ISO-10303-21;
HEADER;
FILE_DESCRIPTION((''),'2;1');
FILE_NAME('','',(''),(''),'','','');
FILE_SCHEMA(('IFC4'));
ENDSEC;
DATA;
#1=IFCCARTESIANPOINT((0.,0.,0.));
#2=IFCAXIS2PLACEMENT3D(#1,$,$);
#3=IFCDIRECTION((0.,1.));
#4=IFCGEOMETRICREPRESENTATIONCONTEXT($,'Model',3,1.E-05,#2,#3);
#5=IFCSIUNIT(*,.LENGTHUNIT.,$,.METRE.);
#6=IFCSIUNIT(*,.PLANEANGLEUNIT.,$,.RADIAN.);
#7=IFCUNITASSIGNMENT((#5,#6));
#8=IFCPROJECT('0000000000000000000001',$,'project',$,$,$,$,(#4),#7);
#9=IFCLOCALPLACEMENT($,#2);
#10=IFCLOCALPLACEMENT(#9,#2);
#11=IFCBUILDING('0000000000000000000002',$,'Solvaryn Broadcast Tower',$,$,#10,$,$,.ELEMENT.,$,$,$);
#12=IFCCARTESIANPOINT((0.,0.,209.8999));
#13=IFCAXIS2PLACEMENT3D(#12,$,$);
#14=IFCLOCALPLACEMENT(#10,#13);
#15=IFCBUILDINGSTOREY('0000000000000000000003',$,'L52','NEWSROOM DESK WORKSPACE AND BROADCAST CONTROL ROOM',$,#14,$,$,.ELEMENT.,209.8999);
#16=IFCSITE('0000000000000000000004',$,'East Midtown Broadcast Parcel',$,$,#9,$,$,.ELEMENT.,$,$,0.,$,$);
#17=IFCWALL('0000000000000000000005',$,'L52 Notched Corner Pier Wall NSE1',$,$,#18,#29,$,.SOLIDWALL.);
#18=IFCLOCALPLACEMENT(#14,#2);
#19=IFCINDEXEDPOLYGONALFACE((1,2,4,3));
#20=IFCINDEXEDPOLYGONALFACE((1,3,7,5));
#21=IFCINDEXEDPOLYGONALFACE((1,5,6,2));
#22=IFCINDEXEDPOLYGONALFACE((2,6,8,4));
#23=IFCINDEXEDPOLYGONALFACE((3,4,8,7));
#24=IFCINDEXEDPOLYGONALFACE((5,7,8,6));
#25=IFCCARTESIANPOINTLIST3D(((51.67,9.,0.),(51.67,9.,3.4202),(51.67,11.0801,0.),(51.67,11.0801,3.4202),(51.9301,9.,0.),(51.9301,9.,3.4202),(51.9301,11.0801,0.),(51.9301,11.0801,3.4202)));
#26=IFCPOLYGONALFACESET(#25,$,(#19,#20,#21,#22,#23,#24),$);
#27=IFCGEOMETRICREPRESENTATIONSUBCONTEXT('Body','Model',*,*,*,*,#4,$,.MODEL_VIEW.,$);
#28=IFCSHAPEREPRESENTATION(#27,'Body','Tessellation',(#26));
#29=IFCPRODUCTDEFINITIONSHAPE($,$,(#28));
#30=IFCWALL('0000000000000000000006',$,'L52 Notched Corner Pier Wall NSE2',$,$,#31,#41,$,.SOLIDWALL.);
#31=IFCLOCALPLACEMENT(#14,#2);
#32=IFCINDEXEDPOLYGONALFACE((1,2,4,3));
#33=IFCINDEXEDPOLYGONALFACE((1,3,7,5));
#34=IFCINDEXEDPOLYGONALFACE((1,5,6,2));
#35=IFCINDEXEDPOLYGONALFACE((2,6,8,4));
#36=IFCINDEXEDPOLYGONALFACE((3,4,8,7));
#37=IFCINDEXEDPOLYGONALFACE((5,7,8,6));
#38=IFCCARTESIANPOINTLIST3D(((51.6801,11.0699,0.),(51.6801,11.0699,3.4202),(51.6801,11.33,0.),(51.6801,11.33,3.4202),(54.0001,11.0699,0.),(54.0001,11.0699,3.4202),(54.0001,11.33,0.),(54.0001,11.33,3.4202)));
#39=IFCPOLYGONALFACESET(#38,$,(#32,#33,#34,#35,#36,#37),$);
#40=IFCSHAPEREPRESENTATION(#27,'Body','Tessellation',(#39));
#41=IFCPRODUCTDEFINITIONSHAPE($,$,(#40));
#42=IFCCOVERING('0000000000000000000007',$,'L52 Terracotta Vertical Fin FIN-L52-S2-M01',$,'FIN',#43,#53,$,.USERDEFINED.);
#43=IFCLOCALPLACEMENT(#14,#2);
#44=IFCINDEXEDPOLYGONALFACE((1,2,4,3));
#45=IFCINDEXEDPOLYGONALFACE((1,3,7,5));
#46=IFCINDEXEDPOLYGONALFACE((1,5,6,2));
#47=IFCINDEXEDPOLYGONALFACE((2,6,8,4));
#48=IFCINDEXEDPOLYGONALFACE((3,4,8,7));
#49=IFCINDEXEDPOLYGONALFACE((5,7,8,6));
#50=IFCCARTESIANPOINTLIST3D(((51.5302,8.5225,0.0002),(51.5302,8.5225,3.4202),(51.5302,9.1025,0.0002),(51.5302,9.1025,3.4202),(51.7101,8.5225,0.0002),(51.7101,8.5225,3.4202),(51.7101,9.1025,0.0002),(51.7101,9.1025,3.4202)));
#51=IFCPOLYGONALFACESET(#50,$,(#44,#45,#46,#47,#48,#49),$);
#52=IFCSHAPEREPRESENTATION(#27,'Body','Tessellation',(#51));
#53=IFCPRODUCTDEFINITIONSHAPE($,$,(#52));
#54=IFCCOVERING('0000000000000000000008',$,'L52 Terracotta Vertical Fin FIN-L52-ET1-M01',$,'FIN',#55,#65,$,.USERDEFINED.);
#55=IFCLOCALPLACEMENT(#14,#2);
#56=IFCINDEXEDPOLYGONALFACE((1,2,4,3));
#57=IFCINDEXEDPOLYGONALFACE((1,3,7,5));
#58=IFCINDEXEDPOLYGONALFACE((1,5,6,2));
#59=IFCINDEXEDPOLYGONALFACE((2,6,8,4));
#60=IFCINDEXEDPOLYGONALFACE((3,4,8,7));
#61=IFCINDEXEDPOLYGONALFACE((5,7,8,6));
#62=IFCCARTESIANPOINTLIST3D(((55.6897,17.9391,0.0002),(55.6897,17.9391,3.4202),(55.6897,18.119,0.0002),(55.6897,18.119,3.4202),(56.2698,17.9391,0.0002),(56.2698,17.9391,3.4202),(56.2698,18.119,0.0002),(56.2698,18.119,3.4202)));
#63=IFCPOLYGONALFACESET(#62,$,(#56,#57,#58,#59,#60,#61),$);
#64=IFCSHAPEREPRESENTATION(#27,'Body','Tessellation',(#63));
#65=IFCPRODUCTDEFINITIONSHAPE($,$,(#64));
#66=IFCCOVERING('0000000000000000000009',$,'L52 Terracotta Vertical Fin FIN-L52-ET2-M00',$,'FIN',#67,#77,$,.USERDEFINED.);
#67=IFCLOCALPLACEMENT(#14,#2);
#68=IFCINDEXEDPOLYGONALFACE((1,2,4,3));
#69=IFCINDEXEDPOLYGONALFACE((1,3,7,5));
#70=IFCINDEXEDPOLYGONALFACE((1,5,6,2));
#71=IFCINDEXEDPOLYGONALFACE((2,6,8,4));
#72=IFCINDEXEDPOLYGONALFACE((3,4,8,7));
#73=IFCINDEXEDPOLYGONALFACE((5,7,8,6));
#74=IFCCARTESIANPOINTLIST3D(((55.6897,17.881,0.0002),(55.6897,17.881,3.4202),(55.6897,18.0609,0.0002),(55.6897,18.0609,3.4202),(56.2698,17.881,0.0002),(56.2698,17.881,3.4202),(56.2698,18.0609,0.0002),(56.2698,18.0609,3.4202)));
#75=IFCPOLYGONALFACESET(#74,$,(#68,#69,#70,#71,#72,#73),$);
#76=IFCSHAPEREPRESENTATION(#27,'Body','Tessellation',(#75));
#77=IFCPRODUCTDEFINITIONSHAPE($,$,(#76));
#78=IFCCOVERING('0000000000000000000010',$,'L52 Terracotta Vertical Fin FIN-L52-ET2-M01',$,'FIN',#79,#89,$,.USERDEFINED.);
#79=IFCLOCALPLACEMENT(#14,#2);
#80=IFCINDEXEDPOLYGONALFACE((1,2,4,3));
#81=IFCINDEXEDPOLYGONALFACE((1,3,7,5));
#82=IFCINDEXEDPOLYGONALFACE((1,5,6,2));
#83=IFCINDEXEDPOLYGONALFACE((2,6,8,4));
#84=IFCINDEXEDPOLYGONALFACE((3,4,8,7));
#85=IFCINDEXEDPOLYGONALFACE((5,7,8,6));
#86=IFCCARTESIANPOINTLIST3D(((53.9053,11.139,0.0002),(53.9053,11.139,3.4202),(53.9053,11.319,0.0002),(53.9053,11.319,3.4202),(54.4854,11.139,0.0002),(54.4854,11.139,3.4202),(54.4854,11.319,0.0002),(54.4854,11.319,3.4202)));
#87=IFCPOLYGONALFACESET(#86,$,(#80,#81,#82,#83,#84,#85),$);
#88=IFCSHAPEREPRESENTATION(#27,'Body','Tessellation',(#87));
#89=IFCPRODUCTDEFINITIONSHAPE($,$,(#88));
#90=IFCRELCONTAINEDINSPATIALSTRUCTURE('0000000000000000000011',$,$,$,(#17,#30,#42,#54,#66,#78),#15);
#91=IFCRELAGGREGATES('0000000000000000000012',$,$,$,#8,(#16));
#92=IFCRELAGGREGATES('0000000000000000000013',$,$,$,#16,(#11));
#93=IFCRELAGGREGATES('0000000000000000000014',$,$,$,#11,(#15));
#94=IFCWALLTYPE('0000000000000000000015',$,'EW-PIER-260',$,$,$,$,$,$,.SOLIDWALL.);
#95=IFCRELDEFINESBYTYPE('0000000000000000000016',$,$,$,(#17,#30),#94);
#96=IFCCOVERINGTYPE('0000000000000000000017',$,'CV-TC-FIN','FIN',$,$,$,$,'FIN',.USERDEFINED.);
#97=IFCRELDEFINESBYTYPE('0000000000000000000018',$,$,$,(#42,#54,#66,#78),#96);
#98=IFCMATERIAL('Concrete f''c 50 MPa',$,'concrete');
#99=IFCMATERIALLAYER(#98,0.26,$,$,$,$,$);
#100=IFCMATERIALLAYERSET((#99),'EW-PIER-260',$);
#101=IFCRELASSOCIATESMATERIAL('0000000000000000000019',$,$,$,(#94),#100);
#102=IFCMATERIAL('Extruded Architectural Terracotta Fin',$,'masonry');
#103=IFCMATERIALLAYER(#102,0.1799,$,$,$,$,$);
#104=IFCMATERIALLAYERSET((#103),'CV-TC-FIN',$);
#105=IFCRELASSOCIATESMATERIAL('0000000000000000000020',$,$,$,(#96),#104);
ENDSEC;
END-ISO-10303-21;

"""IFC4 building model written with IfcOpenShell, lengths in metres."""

from ifc_helpers import new_model, si_unit, direction, frame, frame_2d, origin, origin_2d, place, context, subcontext, project, spatial, rectangle, extrude, material, layer, layer_set, type_object, element, save


model = new_model("IFC4")

# Units and contexts
model_context = context("Model", 3, precision=1e-05, world=origin(), true_north=direction((0.0, 1.0)))
body_context = subcontext(model_context, "Body", "Model", "MODEL_VIEW")
ifc_project = project(units=[si_unit("LENGTHUNIT", "METRE"), si_unit("PLANEANGLEUNIT", "RADIAN")], contexts=[model_context])

# Site, building, storey
site_placement = place(None, origin())
site = spatial("IfcSite", under=ifc_project, at=site_placement, Name="East Midtown Broadcast Parcel", CompositionType="ELEMENT", RefElevation=0.0)
building_placement = place(site_placement, origin())
building = spatial("IfcBuilding", under=site, at=building_placement, Name="Solvaryn Broadcast Tower", CompositionType="ELEMENT")
storey_placement = place(building_placement, frame((0.0, 0.0, 209.8999)))
storey = spatial("IfcBuildingStorey", under=building, at=storey_placement, Name="L52", Description="NEWSROOM DESK WORKSPACE AND BROADCAST CONTROL ROOM", CompositionType="ELEMENT", Elevation=209.8999)

# Walls
ifc_material_1 = material(Name="Concrete f'c 50 MPa", Category="concrete")
ifc_layer_1 = layer(ifc_material_1, 0.26)
ifc_layer_set_1 = layer_set([ifc_layer_1], Name="EW-PIER-260")
wall_type = type_object("IfcWallType", Name="EW-PIER-260", PredefinedType="SOLIDWALL", material=ifc_layer_set_1)
wall_1_placement = place(storey_placement, frame((51.8, 9.0, 0.0), z_axis=(0.0, 0.0, 1.0), x_axis=(0.0, 1.0, 0.0)))
element("IfcWall", 1, at=wall_1_placement, inside=storey, type_object=wall_type, Name="L52 Notched Corner Pier Wall NSE1", PredefinedType="SOLIDWALL", context=body_context, shape_type="SweptSolid", body=[
    extrude(rectangle(XDim=2.0801, YDim=0.26, at=frame_2d((1.04, 0.0))), origin(), (0.0, 0.0, 1.0), 3.4202),
])
wall_2_placement = place(storey_placement, frame((51.6799, 11.2, 0.0), z_axis=(0.0, 0.0, 1.0), x_axis=(1.0, 0.0, 0.0)))
element("IfcWall", 2, at=wall_2_placement, inside=storey, type_object=wall_type, Name="L52 Notched Corner Pier Wall NSE2", PredefinedType="SOLIDWALL", context=body_context, shape_type="SweptSolid", body=[
    extrude(rectangle(XDim=2.3201, YDim=0.26, at=frame_2d((1.1602, 0.0))), origin(), (0.0, 0.0, 1.0), 3.4202),
])

# Coverings
ifc_material_2 = material(Name="Extruded Architectural Terracotta Fin", Category="masonry")
ifc_layer_2 = layer(ifc_material_2, 0.1799)
ifc_layer_set_2 = layer_set([ifc_layer_2], Name="CV-TC-FIN")
covering_type = type_object("IfcCoveringType", Name="CV-TC-FIN", Description="FIN", ElementType="FIN", PredefinedType="USERDEFINED", material=ifc_layer_set_2)
covering_placement = place(storey_placement, frame((51.6201, 8.8125, 0.0002), z_axis=(0.0, 0.0, 1.0), x_axis=(1.0, 0.0, 0.0)))
element("IfcCovering", 3, at=covering_placement, inside=storey, type_object=covering_type, Name="L52 Terracotta Vertical Fin FIN-L52-S2-M01", ObjectType="FIN", PredefinedType="USERDEFINED", context=body_context, shape_type="SweptSolid", body=[
    extrude(rectangle(XDim=0.1799, YDim=0.5801, at=origin_2d()), origin(), (0.0, 0.0, 1.0), 3.4199),
])
for number, where, z_axis, x_axis, name in (
    (4, (55.9797, 18.0291, 0.0002), (0.0, 0.0, 1.0), (1.0, 0.0, 0.0), "L52 Terracotta Vertical Fin FIN-L52-ET1-M01"),
    (5, (55.9797, 17.9709, 0.0002), (0.0, 0.0, 1.0), (1.0, 0.0, 0.0), "L52 Terracotta Vertical Fin FIN-L52-ET2-M00"),
    (6, (54.1953, 11.229, 0.0002), (0.0, 0.0, 1.0), (1.0, 0.0, 0.0), "L52 Terracotta Vertical Fin FIN-L52-ET2-M01"),
):
    element("IfcCovering", number, at=place(storey_placement, frame(where, z_axis=z_axis, x_axis=x_axis)), inside=storey, type_object=covering_type, Name=name, ObjectType="FIN", PredefinedType="USERDEFINED", context=body_context, shape_type="SweptSolid", body=[
        extrude(rectangle(XDim=0.5801, YDim=0.1799, at=origin_2d()), origin(), (0.0, 0.0, 1.0), 3.4199),
    ])

save(model, "model.ifc")
